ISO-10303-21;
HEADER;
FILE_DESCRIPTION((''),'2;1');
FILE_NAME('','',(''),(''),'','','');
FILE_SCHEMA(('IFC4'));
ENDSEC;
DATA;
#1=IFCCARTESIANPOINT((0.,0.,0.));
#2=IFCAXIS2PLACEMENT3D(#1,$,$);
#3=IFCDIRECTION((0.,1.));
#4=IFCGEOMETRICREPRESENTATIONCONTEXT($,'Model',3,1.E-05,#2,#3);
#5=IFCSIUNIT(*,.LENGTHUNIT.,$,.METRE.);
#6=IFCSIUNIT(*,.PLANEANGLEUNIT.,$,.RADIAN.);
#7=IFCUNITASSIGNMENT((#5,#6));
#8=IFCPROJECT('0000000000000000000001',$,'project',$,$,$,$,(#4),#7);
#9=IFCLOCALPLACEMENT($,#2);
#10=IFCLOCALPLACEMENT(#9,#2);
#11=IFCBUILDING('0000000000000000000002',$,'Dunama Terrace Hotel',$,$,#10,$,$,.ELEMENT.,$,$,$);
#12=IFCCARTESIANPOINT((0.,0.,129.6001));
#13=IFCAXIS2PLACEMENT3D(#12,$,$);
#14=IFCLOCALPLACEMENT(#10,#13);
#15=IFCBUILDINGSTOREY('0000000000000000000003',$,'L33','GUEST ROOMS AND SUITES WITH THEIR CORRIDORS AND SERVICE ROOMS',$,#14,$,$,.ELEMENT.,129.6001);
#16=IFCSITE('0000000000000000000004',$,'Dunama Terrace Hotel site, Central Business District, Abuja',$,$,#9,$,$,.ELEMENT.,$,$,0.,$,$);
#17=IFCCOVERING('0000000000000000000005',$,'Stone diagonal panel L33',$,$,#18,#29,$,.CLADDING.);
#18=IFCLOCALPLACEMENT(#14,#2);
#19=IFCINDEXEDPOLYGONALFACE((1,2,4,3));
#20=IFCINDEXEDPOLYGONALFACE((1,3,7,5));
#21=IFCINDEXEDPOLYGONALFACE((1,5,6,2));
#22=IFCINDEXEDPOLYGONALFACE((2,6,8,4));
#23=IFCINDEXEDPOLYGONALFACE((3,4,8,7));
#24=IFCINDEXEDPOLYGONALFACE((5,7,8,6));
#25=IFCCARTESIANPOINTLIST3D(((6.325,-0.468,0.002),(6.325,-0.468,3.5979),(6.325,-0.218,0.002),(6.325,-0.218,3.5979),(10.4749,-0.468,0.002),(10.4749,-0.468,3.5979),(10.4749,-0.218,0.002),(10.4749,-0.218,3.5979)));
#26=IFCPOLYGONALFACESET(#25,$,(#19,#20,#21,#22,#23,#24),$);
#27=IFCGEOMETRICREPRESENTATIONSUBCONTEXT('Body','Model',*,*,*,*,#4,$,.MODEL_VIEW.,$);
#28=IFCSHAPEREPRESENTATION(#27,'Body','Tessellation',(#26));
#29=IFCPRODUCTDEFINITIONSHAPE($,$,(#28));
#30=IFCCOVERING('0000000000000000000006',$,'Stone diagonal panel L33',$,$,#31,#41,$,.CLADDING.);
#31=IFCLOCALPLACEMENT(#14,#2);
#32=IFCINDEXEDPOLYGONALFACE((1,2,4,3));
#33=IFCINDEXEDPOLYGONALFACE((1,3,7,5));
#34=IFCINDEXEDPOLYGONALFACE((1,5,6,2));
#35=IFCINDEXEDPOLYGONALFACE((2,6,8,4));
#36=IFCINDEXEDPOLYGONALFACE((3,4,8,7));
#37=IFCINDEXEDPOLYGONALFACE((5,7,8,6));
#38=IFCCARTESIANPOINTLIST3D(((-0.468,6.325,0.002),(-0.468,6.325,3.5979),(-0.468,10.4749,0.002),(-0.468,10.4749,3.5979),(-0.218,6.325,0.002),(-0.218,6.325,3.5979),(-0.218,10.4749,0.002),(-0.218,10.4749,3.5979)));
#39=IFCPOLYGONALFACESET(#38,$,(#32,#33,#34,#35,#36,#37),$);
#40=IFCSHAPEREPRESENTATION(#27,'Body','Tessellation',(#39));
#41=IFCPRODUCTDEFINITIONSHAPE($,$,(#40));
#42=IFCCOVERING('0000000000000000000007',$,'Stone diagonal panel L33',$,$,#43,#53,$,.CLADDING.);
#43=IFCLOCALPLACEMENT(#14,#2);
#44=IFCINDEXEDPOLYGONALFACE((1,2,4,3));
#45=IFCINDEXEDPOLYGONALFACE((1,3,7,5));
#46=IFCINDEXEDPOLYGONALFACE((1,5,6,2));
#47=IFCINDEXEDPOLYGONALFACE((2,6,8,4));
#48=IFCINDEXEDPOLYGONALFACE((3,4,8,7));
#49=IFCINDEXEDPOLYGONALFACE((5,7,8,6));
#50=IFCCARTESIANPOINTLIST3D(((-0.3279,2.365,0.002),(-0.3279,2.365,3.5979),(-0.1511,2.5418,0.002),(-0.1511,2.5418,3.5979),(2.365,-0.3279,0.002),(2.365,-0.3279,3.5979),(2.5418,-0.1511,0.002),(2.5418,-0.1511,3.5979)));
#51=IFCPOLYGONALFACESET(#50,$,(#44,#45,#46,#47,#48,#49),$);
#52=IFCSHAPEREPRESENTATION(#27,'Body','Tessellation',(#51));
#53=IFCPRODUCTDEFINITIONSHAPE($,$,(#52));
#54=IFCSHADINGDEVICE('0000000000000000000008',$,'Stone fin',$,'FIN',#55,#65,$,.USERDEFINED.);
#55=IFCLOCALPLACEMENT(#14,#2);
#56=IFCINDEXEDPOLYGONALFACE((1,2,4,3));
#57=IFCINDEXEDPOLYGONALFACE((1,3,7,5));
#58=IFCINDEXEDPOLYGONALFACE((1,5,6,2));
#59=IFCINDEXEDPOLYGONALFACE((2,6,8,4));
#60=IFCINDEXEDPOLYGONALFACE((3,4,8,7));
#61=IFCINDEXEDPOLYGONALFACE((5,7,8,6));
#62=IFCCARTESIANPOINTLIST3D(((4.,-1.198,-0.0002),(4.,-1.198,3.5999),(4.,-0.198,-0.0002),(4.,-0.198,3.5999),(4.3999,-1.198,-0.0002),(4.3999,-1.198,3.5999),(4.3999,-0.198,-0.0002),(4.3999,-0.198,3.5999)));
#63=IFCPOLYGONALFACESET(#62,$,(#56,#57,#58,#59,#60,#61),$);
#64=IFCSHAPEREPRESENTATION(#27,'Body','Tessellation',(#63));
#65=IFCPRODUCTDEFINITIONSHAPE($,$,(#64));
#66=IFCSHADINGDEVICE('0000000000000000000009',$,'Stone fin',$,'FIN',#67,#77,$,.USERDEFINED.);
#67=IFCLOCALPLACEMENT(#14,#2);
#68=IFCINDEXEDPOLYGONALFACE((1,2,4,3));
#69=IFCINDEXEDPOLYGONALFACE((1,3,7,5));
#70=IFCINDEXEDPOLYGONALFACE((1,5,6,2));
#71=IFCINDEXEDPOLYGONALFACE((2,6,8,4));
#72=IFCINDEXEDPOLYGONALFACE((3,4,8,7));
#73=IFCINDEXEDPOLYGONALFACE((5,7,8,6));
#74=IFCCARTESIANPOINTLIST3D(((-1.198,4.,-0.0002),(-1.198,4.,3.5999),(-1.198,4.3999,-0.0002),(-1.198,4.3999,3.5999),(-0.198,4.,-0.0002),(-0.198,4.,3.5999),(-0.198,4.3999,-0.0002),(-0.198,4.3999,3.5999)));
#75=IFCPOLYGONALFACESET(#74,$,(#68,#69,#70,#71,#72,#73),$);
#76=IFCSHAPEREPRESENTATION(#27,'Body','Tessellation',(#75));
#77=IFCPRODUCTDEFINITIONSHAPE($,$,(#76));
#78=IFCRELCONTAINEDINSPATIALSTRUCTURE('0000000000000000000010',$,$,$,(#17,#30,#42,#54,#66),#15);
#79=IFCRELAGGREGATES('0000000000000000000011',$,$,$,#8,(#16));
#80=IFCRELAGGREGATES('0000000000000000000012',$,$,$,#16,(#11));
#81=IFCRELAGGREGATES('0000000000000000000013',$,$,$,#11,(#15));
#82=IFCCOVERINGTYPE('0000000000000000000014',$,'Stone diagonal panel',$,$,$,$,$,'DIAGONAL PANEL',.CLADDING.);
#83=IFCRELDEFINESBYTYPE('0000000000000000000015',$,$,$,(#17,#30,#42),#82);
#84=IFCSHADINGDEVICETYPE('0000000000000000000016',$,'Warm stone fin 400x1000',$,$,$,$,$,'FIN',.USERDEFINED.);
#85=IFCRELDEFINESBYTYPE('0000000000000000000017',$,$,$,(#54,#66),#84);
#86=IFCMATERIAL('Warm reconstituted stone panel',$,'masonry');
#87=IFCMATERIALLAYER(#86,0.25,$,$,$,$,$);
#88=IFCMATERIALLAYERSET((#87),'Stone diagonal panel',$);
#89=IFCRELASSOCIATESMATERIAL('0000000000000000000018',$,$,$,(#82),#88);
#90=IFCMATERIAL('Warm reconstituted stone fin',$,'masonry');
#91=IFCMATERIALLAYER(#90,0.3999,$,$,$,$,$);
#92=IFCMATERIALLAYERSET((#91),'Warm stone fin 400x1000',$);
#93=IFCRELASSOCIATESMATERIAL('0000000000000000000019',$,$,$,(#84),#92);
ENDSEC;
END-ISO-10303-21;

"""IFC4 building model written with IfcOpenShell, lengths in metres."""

from ifc_helpers import new_model, si_unit, direction, frame, origin, origin_2d, place, context, subcontext, project, spatial, rectangle, extrude, material, layer, layer_set, type_object, element, save


model = new_model("IFC4")

# Units and contexts
model_context = context("Model", 3, precision=1e-05, world=origin(), true_north=direction((0.0, 1.0)))
body_context = subcontext(model_context, "Body", "Model", "MODEL_VIEW")
ifc_project = project(units=[si_unit("LENGTHUNIT", "METRE"), si_unit("PLANEANGLEUNIT", "RADIAN")], contexts=[model_context])

# Site, building, storey
site_placement = place(None, origin())
site = spatial("IfcSite", under=ifc_project, at=site_placement, Name="Dunama Terrace Hotel site, Central Business District, Abuja", CompositionType="ELEMENT", RefElevation=0.0)
building_placement = place(site_placement, origin())
building = spatial("IfcBuilding", under=site, at=building_placement, Name="Dunama Terrace Hotel", CompositionType="ELEMENT")
storey_placement = place(building_placement, frame((0.0, 0.0, 129.6001)))
storey = spatial("IfcBuildingStorey", under=building, at=storey_placement, Name="L33", Description="GUEST ROOMS AND SUITES WITH THEIR CORRIDORS AND SERVICE ROOMS", CompositionType="ELEMENT", Elevation=129.6001)

# Coverings
ifc_material_1 = material(Name="Warm reconstituted stone panel", Category="masonry")
ifc_layer_1 = layer(ifc_material_1, 0.25)
ifc_layer_set_1 = layer_set([ifc_layer_1], Name="Stone diagonal panel")
covering_type = type_object("IfcCoveringType", Name="Stone diagonal panel", ElementType="DIAGONAL PANEL", PredefinedType="CLADDING", material=ifc_layer_set_1)
for number, where, z_axis, x_axis, name in (
    (1, (8.3999, -0.343, 0.002), (0.0, 0.0, 1.0), (1.0, 0.0, 0.0), "Stone diagonal panel L33"),
    (2, (-0.343, 8.3999, 0.002), (0.0, 0.0, 1.0), (0.0, -1.0, 0.0), "Stone diagonal panel L33"),
):
    element("IfcCovering", number, at=place(storey_placement, frame(where, z_axis=z_axis, x_axis=x_axis)), inside=storey, type_object=covering_type, Name=name, PredefinedType="CLADDING", context=body_context, shape_type="SweptSolid", body=[
        extrude(rectangle(XDim=4.1499, YDim=0.25, at=origin_2d()), origin(), (0.0, 0.0, 1.0), 3.5959),
    ])
covering_placement = place(storey_placement, frame((1.1069, 1.1069, 0.002), z_axis=(0.0, 0.0, 1.0), x_axis=(0.707107, -0.707107, 0.0)))
element("IfcCovering", 3, at=covering_placement, inside=storey, type_object=covering_type, Name="Stone diagonal panel L33", PredefinedType="CLADDING", context=body_context, shape_type="SweptSolid", body=[
    extrude(rectangle(XDim=3.8083, YDim=0.25, at=origin_2d()), origin(), (0.0, 0.0, 1.0), 3.5959),
])

# Shading devices
ifc_material_2 = material(Name="Warm reconstituted stone fin", Category="masonry")
ifc_layer_2 = layer(ifc_material_2, 0.3999)
ifc_layer_set_2 = layer_set([ifc_layer_2], Name="Warm stone fin 400x1000")
shading_device_type = type_object("IfcShadingDeviceType", Name="Warm stone fin 400x1000", ElementType="FIN", PredefinedType="USERDEFINED", material=ifc_layer_set_2)
for number, where, z_axis, x_axis, name in (
    (4, (4.2, -0.698, -0.0002), (0.0, 0.0, 1.0), (1.0, 0.0, 0.0), "Stone fin"),
    (5, (-0.698, 4.2, -0.0002), (0.0, 0.0, 1.0), (0.0, -1.0, 0.0), "Stone fin"),
):
    element("IfcShadingDevice", number, at=place(storey_placement, frame(where, z_axis=z_axis, x_axis=x_axis)), inside=storey, type_object=shading_device_type, Name=name, ObjectType="FIN", PredefinedType="USERDEFINED", context=body_context, shape_type="SweptSolid", body=[
        extrude(rectangle(XDim=0.3999, YDim=1.0, at=origin_2d()), origin(), (0.0, 0.0, 1.0), 3.6001),
    ])

save(model, "model.ifc")
